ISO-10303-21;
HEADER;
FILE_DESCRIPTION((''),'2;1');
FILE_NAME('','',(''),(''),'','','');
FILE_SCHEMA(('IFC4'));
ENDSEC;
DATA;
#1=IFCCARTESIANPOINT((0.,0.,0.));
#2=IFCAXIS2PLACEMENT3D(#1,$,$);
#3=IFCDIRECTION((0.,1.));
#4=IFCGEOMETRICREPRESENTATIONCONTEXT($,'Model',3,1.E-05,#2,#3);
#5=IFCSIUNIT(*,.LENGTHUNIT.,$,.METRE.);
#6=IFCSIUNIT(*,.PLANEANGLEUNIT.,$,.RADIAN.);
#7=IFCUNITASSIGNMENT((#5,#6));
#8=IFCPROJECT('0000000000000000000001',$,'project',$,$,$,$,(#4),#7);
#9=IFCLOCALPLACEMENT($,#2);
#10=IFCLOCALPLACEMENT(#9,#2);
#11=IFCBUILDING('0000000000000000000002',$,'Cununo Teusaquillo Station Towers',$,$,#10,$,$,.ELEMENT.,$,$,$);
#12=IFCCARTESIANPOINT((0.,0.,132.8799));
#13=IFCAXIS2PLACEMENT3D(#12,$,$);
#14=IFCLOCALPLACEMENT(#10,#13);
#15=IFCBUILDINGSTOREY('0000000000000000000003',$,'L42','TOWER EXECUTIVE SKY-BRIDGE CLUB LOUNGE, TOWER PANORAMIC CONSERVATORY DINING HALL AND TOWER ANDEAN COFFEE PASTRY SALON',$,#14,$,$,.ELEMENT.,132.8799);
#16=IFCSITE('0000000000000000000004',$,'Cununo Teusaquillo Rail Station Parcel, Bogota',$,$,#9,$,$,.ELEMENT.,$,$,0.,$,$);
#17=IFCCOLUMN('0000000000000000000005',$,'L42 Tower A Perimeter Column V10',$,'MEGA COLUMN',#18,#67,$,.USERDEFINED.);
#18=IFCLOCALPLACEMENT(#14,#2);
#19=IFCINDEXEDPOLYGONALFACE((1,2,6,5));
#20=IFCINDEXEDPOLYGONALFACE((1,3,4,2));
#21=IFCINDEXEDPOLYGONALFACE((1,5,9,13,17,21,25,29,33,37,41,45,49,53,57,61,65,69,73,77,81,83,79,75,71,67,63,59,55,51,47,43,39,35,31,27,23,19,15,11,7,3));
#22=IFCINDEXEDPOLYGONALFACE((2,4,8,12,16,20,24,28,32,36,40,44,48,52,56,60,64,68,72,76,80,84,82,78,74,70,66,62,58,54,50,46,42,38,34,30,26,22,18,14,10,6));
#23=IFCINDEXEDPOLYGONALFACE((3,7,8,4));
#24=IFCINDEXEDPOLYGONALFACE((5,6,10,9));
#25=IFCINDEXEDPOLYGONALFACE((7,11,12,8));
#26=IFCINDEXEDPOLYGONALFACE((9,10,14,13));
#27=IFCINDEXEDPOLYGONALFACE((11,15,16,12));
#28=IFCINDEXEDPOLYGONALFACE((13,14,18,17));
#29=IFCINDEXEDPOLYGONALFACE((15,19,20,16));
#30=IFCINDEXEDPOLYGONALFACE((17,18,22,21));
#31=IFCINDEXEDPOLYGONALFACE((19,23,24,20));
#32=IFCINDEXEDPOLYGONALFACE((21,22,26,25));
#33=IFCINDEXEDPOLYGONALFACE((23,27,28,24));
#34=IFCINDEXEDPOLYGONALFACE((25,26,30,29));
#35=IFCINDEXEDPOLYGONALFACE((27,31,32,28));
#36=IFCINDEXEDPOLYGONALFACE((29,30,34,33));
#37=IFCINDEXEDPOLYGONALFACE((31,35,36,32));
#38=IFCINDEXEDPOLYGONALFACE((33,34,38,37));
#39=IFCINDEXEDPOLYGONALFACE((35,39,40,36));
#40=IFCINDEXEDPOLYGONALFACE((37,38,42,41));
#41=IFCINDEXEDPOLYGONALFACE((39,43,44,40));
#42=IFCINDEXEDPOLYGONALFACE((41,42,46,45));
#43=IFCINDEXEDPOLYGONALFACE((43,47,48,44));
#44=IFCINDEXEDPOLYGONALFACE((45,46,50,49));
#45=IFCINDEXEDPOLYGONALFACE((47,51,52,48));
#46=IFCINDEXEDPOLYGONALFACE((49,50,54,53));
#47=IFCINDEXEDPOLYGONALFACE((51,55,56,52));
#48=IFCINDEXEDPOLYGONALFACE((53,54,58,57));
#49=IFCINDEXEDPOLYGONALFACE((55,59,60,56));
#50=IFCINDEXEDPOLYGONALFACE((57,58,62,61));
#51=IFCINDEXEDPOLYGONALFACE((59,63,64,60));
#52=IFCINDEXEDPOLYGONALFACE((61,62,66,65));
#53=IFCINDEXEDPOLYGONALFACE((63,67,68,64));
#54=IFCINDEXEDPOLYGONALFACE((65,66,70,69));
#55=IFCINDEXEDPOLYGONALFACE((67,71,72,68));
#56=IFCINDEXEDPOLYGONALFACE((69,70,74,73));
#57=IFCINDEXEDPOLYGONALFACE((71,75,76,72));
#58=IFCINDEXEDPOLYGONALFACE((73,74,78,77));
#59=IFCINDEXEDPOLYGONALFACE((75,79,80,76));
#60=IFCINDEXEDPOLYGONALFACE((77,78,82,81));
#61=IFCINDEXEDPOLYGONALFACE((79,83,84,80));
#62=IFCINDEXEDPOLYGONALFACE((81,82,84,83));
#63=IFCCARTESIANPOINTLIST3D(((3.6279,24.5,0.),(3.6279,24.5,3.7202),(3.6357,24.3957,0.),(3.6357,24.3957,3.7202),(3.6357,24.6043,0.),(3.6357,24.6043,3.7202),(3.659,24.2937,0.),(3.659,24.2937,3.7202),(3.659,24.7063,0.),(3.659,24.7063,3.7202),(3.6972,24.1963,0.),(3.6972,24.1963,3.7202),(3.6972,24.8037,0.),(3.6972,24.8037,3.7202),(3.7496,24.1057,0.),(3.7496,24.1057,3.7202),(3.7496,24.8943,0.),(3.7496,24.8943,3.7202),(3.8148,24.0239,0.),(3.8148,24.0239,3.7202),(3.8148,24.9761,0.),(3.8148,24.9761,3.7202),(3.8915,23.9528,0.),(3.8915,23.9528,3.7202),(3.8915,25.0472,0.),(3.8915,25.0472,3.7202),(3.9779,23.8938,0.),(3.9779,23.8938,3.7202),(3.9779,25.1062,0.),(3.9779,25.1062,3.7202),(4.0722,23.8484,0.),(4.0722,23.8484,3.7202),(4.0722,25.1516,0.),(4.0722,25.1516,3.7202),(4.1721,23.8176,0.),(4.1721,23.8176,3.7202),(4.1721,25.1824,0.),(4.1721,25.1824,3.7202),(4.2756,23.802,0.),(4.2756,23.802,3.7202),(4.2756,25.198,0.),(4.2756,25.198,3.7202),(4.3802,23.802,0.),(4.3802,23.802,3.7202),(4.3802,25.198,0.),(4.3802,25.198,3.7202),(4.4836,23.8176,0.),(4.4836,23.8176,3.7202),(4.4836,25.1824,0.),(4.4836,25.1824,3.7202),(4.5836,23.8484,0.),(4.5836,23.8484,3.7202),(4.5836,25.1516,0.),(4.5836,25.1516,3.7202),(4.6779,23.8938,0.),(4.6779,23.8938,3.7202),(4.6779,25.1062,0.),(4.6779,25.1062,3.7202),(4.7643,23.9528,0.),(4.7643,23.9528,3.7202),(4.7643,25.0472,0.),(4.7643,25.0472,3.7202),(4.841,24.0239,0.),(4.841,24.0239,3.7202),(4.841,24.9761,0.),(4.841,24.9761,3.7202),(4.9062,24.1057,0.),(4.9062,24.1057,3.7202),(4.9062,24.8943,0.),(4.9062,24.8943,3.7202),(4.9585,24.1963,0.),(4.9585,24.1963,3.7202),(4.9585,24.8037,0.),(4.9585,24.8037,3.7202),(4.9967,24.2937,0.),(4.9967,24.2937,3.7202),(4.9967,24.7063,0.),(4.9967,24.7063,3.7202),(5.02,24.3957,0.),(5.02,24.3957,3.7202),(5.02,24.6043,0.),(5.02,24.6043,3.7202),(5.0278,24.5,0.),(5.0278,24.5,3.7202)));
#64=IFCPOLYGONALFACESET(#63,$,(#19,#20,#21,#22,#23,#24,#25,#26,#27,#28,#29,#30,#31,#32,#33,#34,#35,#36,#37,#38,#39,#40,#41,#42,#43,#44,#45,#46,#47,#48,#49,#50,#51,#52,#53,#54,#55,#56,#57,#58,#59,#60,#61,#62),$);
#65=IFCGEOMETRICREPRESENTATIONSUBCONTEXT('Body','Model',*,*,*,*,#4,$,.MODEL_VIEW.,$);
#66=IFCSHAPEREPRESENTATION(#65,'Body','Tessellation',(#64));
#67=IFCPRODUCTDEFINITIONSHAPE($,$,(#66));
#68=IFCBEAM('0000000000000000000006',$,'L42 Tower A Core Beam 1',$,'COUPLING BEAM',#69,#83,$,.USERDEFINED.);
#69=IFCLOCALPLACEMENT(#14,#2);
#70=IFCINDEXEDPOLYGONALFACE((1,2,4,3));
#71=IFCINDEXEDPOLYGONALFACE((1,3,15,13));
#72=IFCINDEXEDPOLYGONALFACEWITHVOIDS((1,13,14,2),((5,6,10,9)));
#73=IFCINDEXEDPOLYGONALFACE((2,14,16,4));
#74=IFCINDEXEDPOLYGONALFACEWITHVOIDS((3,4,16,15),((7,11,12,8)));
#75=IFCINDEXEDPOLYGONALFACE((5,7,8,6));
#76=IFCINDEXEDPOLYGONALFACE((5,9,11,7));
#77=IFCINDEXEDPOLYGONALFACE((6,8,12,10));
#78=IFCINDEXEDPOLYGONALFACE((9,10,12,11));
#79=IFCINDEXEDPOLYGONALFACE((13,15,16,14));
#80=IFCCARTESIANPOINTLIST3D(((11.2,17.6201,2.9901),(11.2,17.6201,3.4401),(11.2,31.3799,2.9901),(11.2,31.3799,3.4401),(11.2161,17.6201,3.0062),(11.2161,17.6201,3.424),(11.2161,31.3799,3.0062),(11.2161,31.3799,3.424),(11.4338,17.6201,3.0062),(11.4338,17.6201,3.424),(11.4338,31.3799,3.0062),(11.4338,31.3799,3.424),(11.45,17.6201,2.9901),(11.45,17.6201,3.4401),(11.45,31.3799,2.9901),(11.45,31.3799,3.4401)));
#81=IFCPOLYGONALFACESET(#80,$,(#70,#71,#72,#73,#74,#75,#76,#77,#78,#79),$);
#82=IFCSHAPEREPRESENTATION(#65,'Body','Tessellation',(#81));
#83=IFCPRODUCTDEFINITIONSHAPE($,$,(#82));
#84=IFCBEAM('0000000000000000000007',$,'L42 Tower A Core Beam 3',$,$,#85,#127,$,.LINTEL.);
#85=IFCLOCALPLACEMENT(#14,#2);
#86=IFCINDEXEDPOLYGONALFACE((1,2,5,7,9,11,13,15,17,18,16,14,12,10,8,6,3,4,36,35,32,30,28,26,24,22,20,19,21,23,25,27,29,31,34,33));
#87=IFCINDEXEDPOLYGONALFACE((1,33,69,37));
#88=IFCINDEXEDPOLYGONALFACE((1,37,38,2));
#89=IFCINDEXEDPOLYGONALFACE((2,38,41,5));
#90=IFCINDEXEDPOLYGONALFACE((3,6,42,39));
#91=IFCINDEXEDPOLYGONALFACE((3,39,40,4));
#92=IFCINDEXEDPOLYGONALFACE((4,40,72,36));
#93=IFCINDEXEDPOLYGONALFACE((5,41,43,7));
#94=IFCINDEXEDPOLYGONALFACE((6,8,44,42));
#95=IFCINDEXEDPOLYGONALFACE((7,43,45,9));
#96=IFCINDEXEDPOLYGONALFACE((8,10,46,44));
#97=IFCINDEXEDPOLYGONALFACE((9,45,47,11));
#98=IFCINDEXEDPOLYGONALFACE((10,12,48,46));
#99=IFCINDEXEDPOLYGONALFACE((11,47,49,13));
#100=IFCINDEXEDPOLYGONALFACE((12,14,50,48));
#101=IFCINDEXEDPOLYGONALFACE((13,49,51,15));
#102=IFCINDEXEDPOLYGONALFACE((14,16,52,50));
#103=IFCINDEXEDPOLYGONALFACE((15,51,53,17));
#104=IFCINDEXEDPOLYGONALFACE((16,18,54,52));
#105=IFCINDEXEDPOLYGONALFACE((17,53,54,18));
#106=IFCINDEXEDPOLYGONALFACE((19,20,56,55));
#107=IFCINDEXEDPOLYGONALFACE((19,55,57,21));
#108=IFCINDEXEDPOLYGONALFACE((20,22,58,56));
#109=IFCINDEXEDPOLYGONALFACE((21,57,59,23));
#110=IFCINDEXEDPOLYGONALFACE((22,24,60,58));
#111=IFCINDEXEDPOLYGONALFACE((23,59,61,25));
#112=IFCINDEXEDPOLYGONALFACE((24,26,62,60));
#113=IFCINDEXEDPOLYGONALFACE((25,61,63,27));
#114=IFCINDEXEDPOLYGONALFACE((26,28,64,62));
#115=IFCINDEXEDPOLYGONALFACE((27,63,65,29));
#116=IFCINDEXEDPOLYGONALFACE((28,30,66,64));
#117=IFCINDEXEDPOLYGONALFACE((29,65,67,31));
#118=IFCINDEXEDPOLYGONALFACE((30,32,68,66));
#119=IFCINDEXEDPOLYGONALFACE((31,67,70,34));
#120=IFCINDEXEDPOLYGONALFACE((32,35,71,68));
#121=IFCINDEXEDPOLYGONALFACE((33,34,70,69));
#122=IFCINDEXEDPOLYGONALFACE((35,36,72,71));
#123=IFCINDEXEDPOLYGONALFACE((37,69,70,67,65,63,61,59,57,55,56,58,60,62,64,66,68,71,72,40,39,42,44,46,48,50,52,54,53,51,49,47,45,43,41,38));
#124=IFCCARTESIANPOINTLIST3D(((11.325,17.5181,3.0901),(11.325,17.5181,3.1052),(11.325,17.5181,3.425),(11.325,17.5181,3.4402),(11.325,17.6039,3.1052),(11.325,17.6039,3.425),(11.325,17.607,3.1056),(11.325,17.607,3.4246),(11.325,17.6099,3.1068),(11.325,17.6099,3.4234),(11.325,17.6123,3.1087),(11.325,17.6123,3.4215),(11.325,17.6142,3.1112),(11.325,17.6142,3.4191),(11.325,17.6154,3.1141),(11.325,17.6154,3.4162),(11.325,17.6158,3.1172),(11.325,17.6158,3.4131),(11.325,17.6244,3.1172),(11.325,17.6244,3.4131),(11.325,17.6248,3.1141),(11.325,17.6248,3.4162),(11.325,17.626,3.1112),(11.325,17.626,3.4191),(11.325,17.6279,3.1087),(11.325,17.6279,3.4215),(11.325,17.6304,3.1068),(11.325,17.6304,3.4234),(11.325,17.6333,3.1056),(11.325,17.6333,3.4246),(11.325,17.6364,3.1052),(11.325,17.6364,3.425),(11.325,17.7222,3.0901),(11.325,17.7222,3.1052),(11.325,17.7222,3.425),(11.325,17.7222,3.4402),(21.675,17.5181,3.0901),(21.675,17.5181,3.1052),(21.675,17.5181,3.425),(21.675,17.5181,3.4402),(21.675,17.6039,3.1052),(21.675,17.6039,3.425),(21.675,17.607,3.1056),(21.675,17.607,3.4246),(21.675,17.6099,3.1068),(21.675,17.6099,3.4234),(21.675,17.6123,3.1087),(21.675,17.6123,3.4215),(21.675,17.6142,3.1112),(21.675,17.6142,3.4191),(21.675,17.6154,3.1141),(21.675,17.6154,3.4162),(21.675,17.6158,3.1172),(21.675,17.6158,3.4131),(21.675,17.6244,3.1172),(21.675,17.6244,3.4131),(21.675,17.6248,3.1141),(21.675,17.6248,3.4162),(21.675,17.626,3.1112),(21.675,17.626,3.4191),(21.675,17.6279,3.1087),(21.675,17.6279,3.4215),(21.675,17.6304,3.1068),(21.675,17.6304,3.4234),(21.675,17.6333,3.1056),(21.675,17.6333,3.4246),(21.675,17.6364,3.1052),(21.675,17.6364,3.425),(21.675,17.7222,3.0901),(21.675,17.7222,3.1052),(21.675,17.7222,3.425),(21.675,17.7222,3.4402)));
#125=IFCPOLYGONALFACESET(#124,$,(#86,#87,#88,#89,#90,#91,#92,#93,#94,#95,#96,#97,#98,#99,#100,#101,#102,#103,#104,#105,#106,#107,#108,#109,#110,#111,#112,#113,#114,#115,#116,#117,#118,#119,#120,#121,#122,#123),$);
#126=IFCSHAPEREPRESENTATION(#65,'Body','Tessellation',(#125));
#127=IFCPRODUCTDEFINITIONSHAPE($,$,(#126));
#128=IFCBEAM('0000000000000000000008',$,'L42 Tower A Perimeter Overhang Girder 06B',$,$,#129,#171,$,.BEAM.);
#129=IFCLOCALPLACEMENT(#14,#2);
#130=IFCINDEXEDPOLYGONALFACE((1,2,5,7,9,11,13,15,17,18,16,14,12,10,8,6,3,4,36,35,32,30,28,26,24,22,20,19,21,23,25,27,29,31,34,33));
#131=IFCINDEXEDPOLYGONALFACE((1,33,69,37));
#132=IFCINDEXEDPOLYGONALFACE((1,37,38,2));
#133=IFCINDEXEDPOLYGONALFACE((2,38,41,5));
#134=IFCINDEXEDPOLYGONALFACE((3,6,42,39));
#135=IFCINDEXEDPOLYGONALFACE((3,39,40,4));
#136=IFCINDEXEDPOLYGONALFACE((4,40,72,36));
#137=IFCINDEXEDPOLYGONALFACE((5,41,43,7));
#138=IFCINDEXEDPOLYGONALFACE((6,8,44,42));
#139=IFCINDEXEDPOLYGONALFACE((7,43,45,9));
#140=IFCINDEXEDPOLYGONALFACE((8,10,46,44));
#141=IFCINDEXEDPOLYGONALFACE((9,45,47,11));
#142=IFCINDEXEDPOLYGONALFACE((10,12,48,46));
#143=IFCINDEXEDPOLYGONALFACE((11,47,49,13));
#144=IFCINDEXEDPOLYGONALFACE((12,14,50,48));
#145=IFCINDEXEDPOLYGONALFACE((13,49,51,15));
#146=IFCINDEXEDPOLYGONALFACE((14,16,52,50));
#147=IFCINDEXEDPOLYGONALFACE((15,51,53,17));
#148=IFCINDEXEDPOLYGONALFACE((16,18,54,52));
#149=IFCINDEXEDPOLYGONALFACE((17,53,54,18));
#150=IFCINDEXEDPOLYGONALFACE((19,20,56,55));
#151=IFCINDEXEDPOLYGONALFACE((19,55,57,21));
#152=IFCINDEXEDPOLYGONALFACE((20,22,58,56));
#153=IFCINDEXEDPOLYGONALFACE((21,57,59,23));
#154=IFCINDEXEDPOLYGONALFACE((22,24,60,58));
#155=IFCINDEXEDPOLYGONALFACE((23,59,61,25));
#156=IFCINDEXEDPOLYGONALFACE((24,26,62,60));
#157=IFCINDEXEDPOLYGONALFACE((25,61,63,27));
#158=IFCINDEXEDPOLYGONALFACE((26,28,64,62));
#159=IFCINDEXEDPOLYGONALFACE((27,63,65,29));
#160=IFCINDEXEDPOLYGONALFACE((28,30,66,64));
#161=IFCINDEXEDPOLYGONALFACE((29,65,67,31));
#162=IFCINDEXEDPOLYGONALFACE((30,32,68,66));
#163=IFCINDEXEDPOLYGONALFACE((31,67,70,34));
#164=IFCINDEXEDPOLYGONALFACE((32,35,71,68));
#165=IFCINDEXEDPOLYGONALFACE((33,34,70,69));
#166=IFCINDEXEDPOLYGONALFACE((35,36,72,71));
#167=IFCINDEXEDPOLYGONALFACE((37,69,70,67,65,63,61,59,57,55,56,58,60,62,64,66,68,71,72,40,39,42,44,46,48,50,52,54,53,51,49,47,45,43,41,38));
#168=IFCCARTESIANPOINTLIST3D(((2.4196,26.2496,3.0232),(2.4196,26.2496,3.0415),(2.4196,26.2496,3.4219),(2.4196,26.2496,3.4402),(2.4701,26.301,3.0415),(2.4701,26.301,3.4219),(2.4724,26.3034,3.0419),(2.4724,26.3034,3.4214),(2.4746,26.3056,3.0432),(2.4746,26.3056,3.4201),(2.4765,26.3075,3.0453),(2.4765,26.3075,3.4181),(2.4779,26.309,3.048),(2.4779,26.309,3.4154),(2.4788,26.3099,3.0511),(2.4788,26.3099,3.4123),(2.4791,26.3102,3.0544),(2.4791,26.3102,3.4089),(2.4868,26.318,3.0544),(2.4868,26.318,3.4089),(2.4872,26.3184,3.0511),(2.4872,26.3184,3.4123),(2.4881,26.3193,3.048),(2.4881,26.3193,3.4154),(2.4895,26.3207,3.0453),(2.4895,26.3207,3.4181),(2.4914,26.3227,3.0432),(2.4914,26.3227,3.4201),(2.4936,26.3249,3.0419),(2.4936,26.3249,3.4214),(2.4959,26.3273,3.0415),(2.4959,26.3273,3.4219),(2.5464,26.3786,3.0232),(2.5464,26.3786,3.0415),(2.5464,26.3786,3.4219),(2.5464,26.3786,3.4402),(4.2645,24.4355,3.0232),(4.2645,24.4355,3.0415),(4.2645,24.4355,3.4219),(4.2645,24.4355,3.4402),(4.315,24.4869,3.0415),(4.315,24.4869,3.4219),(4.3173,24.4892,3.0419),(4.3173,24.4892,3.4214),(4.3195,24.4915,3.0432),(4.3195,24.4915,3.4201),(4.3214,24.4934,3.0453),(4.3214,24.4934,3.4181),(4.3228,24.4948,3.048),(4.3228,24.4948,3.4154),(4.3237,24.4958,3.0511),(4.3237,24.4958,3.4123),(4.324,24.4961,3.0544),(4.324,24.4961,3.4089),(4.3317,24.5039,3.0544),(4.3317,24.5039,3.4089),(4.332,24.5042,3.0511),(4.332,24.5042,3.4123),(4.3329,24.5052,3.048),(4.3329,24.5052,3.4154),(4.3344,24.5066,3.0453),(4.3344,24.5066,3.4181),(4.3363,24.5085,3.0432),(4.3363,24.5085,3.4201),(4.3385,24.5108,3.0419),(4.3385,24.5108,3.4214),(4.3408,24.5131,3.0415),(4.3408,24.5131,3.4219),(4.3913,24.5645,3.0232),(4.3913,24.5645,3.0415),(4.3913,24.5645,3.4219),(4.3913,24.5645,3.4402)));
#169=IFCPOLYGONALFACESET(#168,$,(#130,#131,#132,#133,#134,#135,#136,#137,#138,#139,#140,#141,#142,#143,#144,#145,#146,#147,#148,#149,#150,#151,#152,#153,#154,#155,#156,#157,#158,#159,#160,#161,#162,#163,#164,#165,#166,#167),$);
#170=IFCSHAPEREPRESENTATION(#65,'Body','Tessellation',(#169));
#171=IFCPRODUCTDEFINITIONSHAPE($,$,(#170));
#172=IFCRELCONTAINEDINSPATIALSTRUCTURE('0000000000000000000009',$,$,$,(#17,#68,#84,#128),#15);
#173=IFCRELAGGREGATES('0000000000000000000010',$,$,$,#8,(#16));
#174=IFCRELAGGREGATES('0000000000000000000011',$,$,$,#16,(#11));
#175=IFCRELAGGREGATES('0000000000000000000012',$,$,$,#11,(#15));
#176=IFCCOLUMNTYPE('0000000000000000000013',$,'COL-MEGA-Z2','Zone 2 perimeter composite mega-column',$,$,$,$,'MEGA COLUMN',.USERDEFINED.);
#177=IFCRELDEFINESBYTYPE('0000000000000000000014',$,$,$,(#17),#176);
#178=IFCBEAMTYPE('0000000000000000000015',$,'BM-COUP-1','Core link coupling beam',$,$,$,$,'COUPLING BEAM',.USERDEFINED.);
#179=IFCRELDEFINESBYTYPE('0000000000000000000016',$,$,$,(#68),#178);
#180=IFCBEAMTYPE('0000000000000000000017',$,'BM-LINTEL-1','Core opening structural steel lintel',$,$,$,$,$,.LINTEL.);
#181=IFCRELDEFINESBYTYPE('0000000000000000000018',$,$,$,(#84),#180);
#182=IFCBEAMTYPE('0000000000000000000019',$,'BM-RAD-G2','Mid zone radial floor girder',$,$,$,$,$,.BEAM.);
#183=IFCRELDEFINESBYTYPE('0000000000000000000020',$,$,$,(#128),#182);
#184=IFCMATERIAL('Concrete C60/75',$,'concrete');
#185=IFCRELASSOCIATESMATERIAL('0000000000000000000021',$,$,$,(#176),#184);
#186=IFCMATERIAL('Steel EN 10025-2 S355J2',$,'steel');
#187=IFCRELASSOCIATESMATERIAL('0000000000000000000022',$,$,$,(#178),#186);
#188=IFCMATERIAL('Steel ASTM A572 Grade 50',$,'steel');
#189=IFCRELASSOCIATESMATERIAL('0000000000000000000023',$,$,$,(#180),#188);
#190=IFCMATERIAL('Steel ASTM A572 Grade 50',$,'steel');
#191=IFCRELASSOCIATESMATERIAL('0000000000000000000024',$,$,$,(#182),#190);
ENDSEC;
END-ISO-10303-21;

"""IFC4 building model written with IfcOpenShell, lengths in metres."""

from ifc_helpers import new_model, si_unit, direction, frame, origin, origin_2d, place, context, subcontext, project, spatial, hollow_rectangle, circle, i_section, extrude, material, material_profile, profile_set, type_object, element, save


model = new_model("IFC4")

# Units and contexts
model_context = context("Model", 3, precision=1e-05, world=origin(), true_north=direction((0.0, 1.0)))
body_context = subcontext(model_context, "Body", "Model", "MODEL_VIEW")
ifc_project = project(units=[si_unit("LENGTHUNIT", "METRE"), si_unit("PLANEANGLEUNIT", "RADIAN")], contexts=[model_context])

# Site, building, storey
site_placement = place(None, origin())
site = spatial("IfcSite", under=ifc_project, at=site_placement, Name="Cununo Teusaquillo Rail Station Parcel, Bogota", CompositionType="ELEMENT", RefElevation=0.0)
building_placement = place(site_placement, origin())
building = spatial("IfcBuilding", under=site, at=building_placement, Name="Cununo Teusaquillo Station Towers", CompositionType="ELEMENT")
storey_placement = place(building_placement, frame((0.0, 0.0, 132.8799)))
storey = spatial("IfcBuildingStorey", under=building, at=storey_placement, Name="L42", Description="TOWER EXECUTIVE SKY-BRIDGE CLUB LOUNGE, TOWER PANORAMIC CONSERVATORY DINING HALL AND TOWER ANDEAN COFFEE PASTRY SALON", CompositionType="ELEMENT", Elevation=132.8799)

# Column
ifc_material_1 = material(Name="Concrete C60/75", Category="concrete")
ifc_material_profile_1 = material_profile(ifc_material_1, circle(Radius=0.7, at=origin_2d()), Name="RC-CIRC-1400")
ifc_profile_set_1 = profile_set([ifc_material_profile_1], Name="Concrete C60/75")
column_type = type_object("IfcColumnType", Name="COL-MEGA-Z2", Description="Zone 2 perimeter composite mega-column", ElementType="MEGA COLUMN", PredefinedType="USERDEFINED", material=ifc_profile_set_1)
column_placement = place(storey_placement, frame((4.3279, 24.5, 0.0), z_axis=(0.0, 0.0, 1.0), x_axis=(1.0, 0.0, 0.0)))
element("IfcColumn", 1, at=column_placement, inside=storey, type_object=column_type, Name="L42 Tower A Perimeter Column V10", ObjectType="MEGA COLUMN", PredefinedType="USERDEFINED", context=body_context, shape_type="SweptSolid", body=[
    extrude(circle(Radius=0.7, at=origin_2d()), origin(), (0.0, 0.0, 1.0), 3.7202),
])

# Beams
ifc_material_2 = material(Name="Steel EN 10025-2 S355J2", Category="steel")
ifc_material_profile_2 = material_profile(ifc_material_2, hollow_rectangle(XDim=0.25, YDim=0.45, WallThickness=0.0161, at=origin_2d()), Name="RHS 450x250x16")
ifc_profile_set_2 = profile_set([ifc_material_profile_2], Name="Steel EN 10025-2 S355J2")
beam_type_1 = type_object("IfcBeamType", Name="BM-COUP-1", Description="Core link coupling beam", ElementType="COUPLING BEAM", PredefinedType="USERDEFINED", material=ifc_profile_set_2)
beam_1_placement = place(storey_placement, frame((11.325, 17.6201, 3.2151), z_axis=(0.0, 1.0, 0.0), x_axis=(-1.0, 0.0, 0.0)))
element("IfcBeam", 2, at=beam_1_placement, inside=storey, type_object=beam_type_1, Name="L42 Tower A Core Beam 1", ObjectType="COUPLING BEAM", PredefinedType="USERDEFINED", context=body_context, shape_type="SweptSolid", body=[
    extrude(hollow_rectangle(XDim=0.25, YDim=0.45, WallThickness=0.0161, at=origin_2d()), origin(), (0.0, 0.0, 1.0), 13.7598),
])
ifc_material_3 = material(Name="Steel ASTM A572 Grade 50", Category="steel")
ifc_material_profile_3 = material_profile(ifc_material_3, i_section(OverallWidth=0.2041, OverallDepth=0.3501, WebThickness=0.0085, FlangeThickness=0.0151, FilletRadius=0.012, at=origin_2d()), Name="W14X48")
ifc_profile_set_3 = profile_set([ifc_material_profile_3], Name="Steel ASTM A572 Grade 50")
beam_type_2 = type_object("IfcBeamType", Name="BM-LINTEL-1", Description="Core opening structural steel lintel", PredefinedType="LINTEL", material=ifc_profile_set_3)
beam_2_placement = place(storey_placement, frame((11.325, 17.6201, 3.2651), z_axis=(1.0, 0.0, 0.0), x_axis=(0.0, 1.0, 0.0)))
element("IfcBeam", 3, at=beam_2_placement, inside=storey, type_object=beam_type_2, Name="L42 Tower A Core Beam 3", PredefinedType="LINTEL", context=body_context, shape_type="SweptSolid", body=[
    extrude(i_section(OverallWidth=0.2041, OverallDepth=0.3501, WebThickness=0.0085, FlangeThickness=0.0151, FilletRadius=0.012, at=origin_2d()), origin(), (0.0, 0.0, 1.0), 10.3501),
])
ifc_material_4 = material(Name="Steel ASTM A572 Grade 50", Category="steel")
ifc_material_profile_4 = material_profile(ifc_material_4, i_section(OverallWidth=0.1809, OverallDepth=0.417, WebThickness=0.011, FlangeThickness=0.0183, FilletRadius=0.0129, at=origin_2d()), Name="W16X57")
ifc_profile_set_4 = profile_set([ifc_material_profile_4], Name="Steel ASTM A572 Grade 50")
beam_type_3 = type_object("IfcBeamType", Name="BM-RAD-G2", Description="Mid zone radial floor girder", PredefinedType="BEAM", material=ifc_profile_set_4)
beam_3_placement = place(storey_placement, frame((4.3279, 24.5, 3.2317), z_axis=(-0.713026, 0.701138, 0.0), x_axis=(-0.701138, -0.713026, 0.0)))
element("IfcBeam", 4, at=beam_3_placement, inside=storey, type_object=beam_type_3, Name="L42 Tower A Perimeter Overhang Girder 06B", PredefinedType="BEAM", context=body_context, shape_type="SweptSolid", body=[
    extrude(i_section(OverallWidth=0.1809, OverallDepth=0.417, WebThickness=0.011, FlangeThickness=0.0183, FilletRadius=0.0129, at=origin_2d()), origin(), (0.0, 0.0, 1.0), 2.5874),
])

save(model, "model.ifc")
